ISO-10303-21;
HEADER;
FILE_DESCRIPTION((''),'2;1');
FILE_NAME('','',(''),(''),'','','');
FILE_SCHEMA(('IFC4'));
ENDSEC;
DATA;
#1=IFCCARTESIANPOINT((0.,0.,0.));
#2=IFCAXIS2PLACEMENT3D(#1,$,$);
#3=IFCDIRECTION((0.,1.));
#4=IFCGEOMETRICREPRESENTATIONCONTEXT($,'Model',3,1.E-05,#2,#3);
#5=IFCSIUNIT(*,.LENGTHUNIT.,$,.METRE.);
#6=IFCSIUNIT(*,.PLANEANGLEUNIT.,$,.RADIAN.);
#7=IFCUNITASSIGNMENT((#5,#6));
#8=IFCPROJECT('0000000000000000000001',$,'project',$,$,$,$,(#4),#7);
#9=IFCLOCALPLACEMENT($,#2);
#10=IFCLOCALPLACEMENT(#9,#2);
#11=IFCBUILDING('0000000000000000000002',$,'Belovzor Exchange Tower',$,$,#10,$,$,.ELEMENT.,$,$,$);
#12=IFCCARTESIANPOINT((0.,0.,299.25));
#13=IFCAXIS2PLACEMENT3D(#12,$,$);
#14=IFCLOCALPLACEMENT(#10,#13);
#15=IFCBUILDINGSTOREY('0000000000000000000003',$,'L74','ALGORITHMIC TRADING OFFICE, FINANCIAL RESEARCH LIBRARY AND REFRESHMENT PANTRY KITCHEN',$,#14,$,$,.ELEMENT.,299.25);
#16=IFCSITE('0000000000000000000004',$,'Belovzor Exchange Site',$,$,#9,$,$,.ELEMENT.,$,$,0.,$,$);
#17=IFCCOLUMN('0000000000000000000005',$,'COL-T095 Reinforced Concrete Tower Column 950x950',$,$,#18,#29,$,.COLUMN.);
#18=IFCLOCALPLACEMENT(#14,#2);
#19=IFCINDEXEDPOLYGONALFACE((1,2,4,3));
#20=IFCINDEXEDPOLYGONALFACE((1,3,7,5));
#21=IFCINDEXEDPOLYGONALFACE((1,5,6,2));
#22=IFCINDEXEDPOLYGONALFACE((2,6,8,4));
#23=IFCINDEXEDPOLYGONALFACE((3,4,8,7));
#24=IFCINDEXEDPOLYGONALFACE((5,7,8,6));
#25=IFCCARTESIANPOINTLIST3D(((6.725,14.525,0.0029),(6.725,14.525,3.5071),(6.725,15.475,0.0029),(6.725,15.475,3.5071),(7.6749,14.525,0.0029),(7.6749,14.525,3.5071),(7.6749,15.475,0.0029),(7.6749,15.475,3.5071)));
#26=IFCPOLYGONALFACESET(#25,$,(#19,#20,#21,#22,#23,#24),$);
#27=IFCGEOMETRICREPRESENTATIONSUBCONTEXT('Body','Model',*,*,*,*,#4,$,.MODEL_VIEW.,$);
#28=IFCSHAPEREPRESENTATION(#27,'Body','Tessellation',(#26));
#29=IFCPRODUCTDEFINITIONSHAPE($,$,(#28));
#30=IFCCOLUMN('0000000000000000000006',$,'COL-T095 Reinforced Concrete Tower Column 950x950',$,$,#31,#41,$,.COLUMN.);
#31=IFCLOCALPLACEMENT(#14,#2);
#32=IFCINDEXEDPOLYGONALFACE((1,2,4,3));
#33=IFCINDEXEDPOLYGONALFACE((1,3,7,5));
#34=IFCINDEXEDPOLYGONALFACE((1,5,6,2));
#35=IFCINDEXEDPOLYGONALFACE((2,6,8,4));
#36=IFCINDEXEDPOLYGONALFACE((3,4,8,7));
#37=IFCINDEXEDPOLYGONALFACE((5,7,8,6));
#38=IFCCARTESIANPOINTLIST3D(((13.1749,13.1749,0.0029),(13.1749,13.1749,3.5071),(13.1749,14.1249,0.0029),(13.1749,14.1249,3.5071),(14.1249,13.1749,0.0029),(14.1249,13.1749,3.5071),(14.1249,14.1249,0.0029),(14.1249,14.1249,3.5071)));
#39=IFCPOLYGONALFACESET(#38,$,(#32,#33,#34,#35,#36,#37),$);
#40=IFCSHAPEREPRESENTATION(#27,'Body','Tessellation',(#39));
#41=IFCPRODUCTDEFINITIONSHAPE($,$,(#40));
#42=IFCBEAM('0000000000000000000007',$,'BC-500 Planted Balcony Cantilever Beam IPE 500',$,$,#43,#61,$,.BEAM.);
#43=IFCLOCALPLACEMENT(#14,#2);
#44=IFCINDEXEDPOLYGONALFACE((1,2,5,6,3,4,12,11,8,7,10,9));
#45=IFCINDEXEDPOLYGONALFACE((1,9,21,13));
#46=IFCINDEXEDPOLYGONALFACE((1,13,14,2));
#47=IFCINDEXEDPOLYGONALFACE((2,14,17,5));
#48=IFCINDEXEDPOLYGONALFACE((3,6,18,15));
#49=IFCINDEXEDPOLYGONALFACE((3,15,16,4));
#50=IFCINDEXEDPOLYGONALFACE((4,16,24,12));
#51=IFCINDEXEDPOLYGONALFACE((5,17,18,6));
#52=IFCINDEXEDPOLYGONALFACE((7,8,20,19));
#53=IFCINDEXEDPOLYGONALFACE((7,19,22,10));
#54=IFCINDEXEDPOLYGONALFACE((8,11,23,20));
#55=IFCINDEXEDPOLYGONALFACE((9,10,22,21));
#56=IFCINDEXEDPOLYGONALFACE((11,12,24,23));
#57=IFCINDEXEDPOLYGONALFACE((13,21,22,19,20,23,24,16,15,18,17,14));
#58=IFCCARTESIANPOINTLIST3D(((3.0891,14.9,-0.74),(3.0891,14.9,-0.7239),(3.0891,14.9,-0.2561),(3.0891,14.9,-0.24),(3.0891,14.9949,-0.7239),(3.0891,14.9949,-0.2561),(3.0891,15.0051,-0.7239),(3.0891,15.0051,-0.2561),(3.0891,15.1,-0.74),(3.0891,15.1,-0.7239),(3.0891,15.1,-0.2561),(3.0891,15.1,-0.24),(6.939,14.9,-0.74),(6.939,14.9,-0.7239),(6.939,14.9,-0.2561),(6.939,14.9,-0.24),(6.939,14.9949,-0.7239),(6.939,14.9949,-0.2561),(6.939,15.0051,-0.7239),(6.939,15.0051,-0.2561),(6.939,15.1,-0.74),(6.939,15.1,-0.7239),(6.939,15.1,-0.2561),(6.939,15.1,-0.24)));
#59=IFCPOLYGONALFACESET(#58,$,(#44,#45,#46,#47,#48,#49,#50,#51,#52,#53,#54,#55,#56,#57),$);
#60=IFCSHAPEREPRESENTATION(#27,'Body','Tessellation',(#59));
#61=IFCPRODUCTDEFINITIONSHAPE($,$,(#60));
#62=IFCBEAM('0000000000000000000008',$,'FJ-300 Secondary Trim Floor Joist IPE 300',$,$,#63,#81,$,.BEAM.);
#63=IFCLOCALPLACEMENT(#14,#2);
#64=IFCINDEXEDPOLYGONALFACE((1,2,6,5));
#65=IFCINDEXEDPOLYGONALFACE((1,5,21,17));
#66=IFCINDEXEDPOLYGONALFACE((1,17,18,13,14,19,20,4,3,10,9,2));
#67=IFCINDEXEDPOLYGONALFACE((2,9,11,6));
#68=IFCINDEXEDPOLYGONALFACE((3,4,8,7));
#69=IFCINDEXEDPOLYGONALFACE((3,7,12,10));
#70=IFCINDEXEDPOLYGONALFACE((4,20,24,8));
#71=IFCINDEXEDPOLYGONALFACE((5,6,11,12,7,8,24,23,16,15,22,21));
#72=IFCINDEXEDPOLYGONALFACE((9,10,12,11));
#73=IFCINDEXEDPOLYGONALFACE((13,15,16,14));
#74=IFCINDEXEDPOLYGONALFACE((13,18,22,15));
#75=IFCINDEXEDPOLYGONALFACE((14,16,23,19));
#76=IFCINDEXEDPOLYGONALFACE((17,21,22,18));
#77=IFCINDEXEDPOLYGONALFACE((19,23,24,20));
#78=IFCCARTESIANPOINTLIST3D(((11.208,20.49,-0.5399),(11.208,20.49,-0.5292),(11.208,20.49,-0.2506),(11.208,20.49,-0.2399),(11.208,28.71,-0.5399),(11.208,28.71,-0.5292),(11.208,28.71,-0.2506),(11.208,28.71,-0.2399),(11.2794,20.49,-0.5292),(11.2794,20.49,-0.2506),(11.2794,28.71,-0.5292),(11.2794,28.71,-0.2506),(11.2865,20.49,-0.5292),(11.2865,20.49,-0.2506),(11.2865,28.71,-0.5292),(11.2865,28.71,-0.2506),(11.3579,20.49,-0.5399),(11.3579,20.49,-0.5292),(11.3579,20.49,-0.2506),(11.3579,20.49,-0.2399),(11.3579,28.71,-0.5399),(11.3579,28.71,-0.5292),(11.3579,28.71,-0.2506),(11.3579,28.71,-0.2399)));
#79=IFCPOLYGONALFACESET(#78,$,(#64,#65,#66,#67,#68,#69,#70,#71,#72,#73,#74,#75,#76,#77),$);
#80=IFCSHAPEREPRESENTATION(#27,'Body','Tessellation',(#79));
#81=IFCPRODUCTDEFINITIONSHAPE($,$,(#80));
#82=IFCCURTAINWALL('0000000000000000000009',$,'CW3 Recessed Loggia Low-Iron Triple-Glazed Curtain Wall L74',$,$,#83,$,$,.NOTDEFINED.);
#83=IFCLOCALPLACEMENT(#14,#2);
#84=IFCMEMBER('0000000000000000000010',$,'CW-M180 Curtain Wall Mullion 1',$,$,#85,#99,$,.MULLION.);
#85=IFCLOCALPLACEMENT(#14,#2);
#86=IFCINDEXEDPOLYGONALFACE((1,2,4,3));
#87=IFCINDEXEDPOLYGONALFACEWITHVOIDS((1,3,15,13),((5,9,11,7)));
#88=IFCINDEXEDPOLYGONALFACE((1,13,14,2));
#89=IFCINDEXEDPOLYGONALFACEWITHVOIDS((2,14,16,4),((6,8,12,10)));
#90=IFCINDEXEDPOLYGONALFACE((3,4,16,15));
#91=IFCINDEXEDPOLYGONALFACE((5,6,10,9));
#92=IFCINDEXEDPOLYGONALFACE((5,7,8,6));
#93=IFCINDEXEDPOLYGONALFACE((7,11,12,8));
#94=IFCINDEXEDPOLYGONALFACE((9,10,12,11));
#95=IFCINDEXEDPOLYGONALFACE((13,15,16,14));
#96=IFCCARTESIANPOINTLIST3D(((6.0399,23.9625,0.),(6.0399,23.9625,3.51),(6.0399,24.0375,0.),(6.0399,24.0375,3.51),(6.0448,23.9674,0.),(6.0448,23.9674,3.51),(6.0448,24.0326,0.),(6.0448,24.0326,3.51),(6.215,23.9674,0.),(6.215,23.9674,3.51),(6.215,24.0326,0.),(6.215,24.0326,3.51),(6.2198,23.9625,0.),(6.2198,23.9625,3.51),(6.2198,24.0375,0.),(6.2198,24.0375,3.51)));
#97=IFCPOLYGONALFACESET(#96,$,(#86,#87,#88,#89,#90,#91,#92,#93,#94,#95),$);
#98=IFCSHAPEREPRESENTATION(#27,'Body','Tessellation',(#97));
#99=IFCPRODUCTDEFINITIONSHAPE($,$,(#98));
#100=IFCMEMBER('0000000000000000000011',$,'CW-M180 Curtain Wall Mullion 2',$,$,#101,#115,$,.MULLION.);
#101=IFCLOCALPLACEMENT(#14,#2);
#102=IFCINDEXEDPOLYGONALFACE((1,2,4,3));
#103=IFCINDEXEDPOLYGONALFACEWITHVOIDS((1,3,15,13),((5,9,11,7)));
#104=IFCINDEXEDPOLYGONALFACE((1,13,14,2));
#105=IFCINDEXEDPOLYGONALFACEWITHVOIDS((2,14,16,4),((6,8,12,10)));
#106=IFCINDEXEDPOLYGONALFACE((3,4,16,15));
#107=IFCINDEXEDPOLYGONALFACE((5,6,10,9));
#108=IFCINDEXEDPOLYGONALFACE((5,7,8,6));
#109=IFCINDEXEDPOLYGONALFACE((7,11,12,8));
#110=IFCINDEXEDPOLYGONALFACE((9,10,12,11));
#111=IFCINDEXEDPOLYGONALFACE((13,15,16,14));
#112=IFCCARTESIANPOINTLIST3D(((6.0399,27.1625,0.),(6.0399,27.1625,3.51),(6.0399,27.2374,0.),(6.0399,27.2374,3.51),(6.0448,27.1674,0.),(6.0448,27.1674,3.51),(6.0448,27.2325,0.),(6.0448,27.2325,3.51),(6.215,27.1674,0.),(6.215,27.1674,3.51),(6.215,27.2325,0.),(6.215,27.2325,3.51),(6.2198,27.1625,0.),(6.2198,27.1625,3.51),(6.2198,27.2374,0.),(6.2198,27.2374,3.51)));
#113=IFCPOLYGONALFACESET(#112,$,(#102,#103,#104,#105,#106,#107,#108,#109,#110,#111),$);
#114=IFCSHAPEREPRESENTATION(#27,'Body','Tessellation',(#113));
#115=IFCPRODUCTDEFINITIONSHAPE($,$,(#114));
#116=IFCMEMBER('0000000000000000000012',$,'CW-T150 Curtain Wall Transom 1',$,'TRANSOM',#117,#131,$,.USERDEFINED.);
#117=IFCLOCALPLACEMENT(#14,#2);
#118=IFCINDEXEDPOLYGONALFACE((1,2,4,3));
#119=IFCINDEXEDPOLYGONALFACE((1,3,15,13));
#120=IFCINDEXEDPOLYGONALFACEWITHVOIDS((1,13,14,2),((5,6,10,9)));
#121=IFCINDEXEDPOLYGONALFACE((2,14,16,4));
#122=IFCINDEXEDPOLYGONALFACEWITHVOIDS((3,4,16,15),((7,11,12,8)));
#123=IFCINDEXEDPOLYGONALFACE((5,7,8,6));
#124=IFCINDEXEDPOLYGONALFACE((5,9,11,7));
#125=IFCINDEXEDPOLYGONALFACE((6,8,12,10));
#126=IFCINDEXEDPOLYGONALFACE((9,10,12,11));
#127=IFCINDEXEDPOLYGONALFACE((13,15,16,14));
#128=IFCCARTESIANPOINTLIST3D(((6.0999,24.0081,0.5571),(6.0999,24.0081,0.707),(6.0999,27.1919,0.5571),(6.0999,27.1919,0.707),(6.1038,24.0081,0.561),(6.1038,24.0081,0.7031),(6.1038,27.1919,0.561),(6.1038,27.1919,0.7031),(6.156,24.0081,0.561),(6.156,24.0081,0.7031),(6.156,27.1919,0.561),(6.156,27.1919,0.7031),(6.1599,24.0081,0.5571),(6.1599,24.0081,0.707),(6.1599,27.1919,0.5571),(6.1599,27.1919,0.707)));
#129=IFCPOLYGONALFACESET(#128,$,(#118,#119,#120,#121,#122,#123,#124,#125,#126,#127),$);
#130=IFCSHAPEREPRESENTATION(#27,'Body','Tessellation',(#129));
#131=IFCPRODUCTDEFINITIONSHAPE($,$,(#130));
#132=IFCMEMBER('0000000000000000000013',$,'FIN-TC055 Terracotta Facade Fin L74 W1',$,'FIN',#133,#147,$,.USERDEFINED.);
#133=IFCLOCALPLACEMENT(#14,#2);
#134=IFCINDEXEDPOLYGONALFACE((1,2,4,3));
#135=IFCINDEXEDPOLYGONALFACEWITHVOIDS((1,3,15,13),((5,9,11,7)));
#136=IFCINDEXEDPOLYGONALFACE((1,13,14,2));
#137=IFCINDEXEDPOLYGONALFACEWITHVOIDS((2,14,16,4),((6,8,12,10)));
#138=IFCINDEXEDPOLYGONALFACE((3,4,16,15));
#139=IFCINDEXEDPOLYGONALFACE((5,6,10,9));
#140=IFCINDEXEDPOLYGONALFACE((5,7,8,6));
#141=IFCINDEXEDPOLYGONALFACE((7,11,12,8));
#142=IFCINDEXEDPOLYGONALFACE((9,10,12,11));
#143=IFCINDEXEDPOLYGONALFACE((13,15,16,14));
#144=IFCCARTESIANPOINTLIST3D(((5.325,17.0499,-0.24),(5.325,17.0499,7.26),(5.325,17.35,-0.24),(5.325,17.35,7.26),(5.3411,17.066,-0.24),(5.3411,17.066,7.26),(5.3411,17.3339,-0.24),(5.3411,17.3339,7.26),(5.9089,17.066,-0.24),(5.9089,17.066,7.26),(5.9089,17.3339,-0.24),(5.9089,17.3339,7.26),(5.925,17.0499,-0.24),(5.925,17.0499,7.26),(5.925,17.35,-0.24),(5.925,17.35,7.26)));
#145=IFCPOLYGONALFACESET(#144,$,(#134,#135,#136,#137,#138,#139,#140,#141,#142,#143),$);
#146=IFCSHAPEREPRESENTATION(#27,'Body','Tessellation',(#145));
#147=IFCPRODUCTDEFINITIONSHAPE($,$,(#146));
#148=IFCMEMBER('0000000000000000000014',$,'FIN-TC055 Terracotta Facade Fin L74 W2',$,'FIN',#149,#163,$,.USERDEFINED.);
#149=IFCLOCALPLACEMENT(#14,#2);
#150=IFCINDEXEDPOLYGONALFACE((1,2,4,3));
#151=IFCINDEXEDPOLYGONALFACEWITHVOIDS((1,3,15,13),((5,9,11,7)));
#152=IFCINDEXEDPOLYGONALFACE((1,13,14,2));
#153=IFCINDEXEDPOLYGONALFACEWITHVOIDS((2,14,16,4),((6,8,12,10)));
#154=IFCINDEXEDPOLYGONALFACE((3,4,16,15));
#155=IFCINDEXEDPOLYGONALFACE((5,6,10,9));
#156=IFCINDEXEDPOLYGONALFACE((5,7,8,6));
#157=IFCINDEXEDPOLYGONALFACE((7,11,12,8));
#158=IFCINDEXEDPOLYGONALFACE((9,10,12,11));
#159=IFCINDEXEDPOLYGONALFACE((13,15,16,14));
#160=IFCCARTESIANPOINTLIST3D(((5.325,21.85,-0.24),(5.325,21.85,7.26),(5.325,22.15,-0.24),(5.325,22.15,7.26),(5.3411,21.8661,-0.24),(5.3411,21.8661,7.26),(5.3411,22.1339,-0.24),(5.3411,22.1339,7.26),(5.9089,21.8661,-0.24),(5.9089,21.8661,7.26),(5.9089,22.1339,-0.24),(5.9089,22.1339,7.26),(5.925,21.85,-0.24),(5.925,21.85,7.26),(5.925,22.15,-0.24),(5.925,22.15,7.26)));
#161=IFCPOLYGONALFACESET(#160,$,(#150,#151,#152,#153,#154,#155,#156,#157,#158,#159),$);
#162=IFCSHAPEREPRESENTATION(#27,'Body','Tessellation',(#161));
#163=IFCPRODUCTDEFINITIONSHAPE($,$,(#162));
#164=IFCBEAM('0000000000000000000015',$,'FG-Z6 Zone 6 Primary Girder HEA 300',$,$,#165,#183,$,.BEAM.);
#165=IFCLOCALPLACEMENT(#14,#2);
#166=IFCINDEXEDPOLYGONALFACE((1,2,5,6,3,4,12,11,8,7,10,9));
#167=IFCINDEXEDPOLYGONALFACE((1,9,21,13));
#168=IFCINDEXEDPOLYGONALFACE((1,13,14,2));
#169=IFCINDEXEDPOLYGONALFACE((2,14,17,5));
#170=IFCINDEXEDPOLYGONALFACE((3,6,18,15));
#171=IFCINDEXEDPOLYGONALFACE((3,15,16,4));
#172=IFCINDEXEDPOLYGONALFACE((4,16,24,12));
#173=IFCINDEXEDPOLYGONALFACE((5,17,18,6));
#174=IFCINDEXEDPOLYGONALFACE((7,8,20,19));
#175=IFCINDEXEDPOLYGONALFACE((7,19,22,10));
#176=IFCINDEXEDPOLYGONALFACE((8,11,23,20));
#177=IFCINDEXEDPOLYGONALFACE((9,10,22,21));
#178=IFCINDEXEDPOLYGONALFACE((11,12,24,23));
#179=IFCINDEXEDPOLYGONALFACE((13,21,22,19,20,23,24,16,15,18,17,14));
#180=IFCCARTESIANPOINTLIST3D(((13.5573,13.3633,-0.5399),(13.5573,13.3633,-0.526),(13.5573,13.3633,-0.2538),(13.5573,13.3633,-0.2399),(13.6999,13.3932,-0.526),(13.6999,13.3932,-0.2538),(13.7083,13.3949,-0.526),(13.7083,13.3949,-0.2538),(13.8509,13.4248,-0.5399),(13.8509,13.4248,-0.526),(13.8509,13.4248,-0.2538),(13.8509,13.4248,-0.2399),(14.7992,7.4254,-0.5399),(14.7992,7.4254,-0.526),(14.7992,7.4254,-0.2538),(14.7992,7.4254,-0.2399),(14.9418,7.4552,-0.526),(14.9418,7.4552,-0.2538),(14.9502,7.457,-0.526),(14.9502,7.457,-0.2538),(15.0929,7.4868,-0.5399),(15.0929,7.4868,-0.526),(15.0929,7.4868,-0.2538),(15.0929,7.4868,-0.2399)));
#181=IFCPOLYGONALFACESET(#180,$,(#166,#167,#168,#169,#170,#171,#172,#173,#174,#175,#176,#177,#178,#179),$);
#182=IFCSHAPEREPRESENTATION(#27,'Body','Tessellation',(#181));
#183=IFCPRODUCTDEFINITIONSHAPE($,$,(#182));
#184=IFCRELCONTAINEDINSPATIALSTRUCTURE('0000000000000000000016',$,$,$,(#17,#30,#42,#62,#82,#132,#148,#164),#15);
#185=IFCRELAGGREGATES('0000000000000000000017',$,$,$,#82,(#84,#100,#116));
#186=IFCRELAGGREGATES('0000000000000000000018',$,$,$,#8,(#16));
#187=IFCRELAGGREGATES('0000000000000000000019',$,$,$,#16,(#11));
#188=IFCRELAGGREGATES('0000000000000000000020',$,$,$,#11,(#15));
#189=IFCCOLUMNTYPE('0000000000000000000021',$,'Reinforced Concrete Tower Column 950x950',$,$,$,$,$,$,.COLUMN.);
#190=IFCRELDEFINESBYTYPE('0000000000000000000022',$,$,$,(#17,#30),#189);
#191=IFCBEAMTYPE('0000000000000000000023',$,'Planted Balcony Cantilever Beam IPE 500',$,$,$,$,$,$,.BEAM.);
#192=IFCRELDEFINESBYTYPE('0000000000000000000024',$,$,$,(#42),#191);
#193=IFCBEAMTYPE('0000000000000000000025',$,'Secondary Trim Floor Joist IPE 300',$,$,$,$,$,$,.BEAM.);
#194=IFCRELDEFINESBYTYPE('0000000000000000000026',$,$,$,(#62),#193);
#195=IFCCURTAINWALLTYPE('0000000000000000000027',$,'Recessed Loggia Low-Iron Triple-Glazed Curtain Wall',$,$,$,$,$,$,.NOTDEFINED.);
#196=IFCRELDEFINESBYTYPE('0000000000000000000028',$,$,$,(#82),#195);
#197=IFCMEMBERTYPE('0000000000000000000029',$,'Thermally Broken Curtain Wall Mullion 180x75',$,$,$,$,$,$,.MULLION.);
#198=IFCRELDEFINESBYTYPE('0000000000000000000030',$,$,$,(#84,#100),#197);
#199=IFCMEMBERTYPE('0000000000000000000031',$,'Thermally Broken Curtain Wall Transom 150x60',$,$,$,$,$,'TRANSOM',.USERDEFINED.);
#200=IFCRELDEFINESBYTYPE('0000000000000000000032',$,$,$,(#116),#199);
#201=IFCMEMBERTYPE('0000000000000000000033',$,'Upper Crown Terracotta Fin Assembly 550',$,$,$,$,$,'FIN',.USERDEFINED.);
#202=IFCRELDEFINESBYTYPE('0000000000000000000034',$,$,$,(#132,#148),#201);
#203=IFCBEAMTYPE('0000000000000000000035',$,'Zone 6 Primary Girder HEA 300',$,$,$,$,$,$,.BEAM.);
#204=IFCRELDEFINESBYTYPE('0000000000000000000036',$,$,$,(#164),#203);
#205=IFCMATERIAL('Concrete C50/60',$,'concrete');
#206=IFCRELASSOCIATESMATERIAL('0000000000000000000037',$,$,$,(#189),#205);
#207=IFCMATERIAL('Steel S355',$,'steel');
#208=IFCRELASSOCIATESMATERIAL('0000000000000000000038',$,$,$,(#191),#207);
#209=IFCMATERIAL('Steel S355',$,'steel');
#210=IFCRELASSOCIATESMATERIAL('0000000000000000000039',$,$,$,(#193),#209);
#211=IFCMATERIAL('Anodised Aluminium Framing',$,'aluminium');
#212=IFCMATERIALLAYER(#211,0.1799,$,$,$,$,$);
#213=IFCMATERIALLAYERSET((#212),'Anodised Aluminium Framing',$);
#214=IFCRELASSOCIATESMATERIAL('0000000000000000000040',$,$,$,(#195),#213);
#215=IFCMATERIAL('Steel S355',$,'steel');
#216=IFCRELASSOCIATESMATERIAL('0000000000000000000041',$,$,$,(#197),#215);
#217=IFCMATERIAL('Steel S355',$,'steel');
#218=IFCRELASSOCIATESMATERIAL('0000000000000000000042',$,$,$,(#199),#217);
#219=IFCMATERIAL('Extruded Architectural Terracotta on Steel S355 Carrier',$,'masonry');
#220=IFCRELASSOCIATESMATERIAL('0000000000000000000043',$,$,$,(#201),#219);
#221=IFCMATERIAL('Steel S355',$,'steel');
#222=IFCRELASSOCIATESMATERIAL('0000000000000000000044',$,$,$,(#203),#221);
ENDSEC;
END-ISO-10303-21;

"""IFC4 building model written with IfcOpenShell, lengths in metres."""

from ifc_helpers import new_model, si_unit, direction, frame, origin, origin_2d, place, context, subcontext, project, spatial, rectangle, hollow_rectangle, i_section, extrude, material, layer, layer_set, material_profile, profile_set, type_object, element, aggregate, save


model = new_model("IFC4")

# Units and contexts
model_context = context("Model", 3, precision=1e-05, world=origin(), true_north=direction((0.0, 1.0)))
body_context = subcontext(model_context, "Body", "Model", "MODEL_VIEW")
ifc_project = project(units=[si_unit("LENGTHUNIT", "METRE"), si_unit("PLANEANGLEUNIT", "RADIAN")], contexts=[model_context])

# Site, building, storey
site_placement = place(None, origin())
site = spatial("IfcSite", under=ifc_project, at=site_placement, Name="Belovzor Exchange Site", CompositionType="ELEMENT", RefElevation=0.0)
building_placement = place(site_placement, origin())
building = spatial("IfcBuilding", under=site, at=building_placement, Name="Belovzor Exchange Tower", CompositionType="ELEMENT")
storey_placement = place(building_placement, frame((0.0, 0.0, 299.25)))
storey = spatial("IfcBuildingStorey", under=building, at=storey_placement, Name="L74", Description="ALGORITHMIC TRADING OFFICE, FINANCIAL RESEARCH LIBRARY AND REFRESHMENT PANTRY KITCHEN", CompositionType="ELEMENT", Elevation=299.25)

# Columns
ifc_material_1 = material(Name="Concrete C50/60", Category="concrete")
ifc_material_profile_1 = material_profile(ifc_material_1, rectangle(XDim=0.95, YDim=0.95, at=origin_2d()))
ifc_profile_set_1 = profile_set([ifc_material_profile_1], Name="Concrete C50/60")
column_type = type_object("IfcColumnType", Name="Reinforced Concrete Tower Column 950x950", PredefinedType="COLUMN", material=ifc_profile_set_1)
for number, where, z_axis, x_axis, name in (
    (1, (7.2, 15.0, 0.0029), (0.0, 0.0, 1.0), (1.0, 0.0, 0.0), "COL-T095 Reinforced Concrete Tower Column 950x950"),
    (2, (13.6499, 13.6499, 0.0029), (0.0, 0.0, 1.0), (1.0, 0.0, 0.0), "COL-T095 Reinforced Concrete Tower Column 950x950"),
):
    element("IfcColumn", number, at=place(storey_placement, frame(where, z_axis=z_axis, x_axis=x_axis)), inside=storey, type_object=column_type, Name=name, PredefinedType="COLUMN", context=body_context, shape_type="SweptSolid", body=[
        extrude(rectangle(XDim=0.95, YDim=0.95, at=origin_2d()), origin(), (0.0, 0.0, 1.0), 3.5042),
    ])

# Beams
ifc_material_2 = material(Name="Steel S355", Category="steel")
ifc_material_profile_2 = material_profile(ifc_material_2, i_section(OverallWidth=0.2, OverallDepth=0.5, WebThickness=0.0103, FlangeThickness=0.0161, at=origin_2d()))
ifc_profile_set_2 = profile_set([ifc_material_profile_2], Name="Steel S355")
beam_type_1 = type_object("IfcBeamType", Name="Planted Balcony Cantilever Beam IPE 500", PredefinedType="BEAM", material=ifc_profile_set_2)
beam_1_placement = place(storey_placement, frame((6.939, 15.0, -0.49), z_axis=(-1.0, 0.0, 0.0), x_axis=(0.0, -1.0, 0.0)))
element("IfcBeam", 3, at=beam_1_placement, inside=storey, type_object=beam_type_1, Name="BC-500 Planted Balcony Cantilever Beam IPE 500", PredefinedType="BEAM", context=body_context, shape_type="SweptSolid", body=[
    extrude(i_section(OverallWidth=0.2, OverallDepth=0.5, WebThickness=0.0103, FlangeThickness=0.0161, at=origin_2d()), origin(), (0.0, 0.0, 1.0), 3.8499),
])
ifc_material_3 = material(Name="Steel S355", Category="steel")
ifc_material_profile_3 = material_profile(ifc_material_3, i_section(OverallWidth=0.1499, OverallDepth=0.3, WebThickness=0.0071, FlangeThickness=0.0107, at=origin_2d()))
ifc_profile_set_3 = profile_set([ifc_material_profile_3], Name="Steel S355")
beam_type_2 = type_object("IfcBeamType", Name="Secondary Trim Floor Joist IPE 300", PredefinedType="BEAM", material=ifc_profile_set_3)
beam_2_placement = place(storey_placement, frame((11.283, 20.49, -0.3899), z_axis=(0.0, 1.0, 0.0), x_axis=(-1.0, 0.0, 0.0)))
element("IfcBeam", 4, at=beam_2_placement, inside=storey, type_object=beam_type_2, Name="FJ-300 Secondary Trim Floor Joist IPE 300", PredefinedType="BEAM", context=body_context, shape_type="SweptSolid", body=[
    extrude(i_section(OverallWidth=0.1499, OverallDepth=0.3, WebThickness=0.0071, FlangeThickness=0.0107, at=origin_2d()), origin(), (0.0, 0.0, 1.0), 8.22),
])

# Curtain wall, members
ifc_material_4 = material(Name="Anodised Aluminium Framing", Category="aluminium")
ifc_layer_1 = layer(ifc_material_4, 0.1799)
ifc_layer_set_1 = layer_set([ifc_layer_1], Name="Anodised Aluminium Framing")
curtain_wall_type = type_object("IfcCurtainWallType", Name="Recessed Loggia Low-Iron Triple-Glazed Curtain Wall", PredefinedType="NOTDEFINED", material=ifc_layer_set_1)
curtain_wall_placement = place(storey_placement, origin())
curtain_wall = element("IfcCurtainWall", 5, at=curtain_wall_placement, inside=storey, type_object=curtain_wall_type, Name="CW3 Recessed Loggia Low-Iron Triple-Glazed Curtain Wall L74", PredefinedType="NOTDEFINED")
ifc_material_5 = material(Name="Steel S355", Category="steel")
ifc_material_profile_4 = material_profile(ifc_material_5, hollow_rectangle(XDim=0.075, YDim=0.1799, WallThickness=0.0049, at=origin_2d()))
ifc_profile_set_4 = profile_set([ifc_material_profile_4], Name="Steel S355")
member_type_1 = type_object("IfcMemberType", Name="Thermally Broken Curtain Wall Mullion 180x75", PredefinedType="MULLION", material=ifc_profile_set_4)
member_1_placement = place(storey_placement, frame((6.1299, 24.0, 0.0), z_axis=(0.0, 0.0, 1.0), x_axis=(0.0, 1.0, 0.0)))
member_1 = element("IfcMember", 6, at=member_1_placement, type_object=member_type_1, Name="CW-M180 Curtain Wall Mullion 1", PredefinedType="MULLION", context=body_context, shape_type="SweptSolid", body=[
    extrude(hollow_rectangle(XDim=0.075, YDim=0.1799, WallThickness=0.0049, at=origin_2d()), origin(), (0.0, 0.0, 1.0), 3.51),
])
member_2_placement = place(storey_placement, frame((6.1299, 27.2, 0.0), z_axis=(0.0, 0.0, 1.0), x_axis=(0.0, 1.0, 0.0)))
member_2 = element("IfcMember", 7, at=member_2_placement, type_object=member_type_1, Name="CW-M180 Curtain Wall Mullion 2", PredefinedType="MULLION", context=body_context, shape_type="SweptSolid", body=[
    extrude(hollow_rectangle(XDim=0.075, YDim=0.1799, WallThickness=0.0049, at=origin_2d()), origin(), (0.0, 0.0, 1.0), 3.51),
])
ifc_material_6 = material(Name="Steel S355", Category="steel")
ifc_material_profile_5 = material_profile(ifc_material_6, hollow_rectangle(XDim=0.0601, YDim=0.1499, WallThickness=0.0039, at=origin_2d()))
ifc_profile_set_5 = profile_set([ifc_material_profile_5], Name="Steel S355")
member_type_2 = type_object("IfcMemberType", Name="Thermally Broken Curtain Wall Transom 150x60", ElementType="TRANSOM", PredefinedType="USERDEFINED", material=ifc_profile_set_5)
member_3_placement = place(storey_placement, frame((6.1299, 24.0081, 0.6321), z_axis=(0.0, 1.0, 0.0), x_axis=(-1.0, 0.0, 0.0)))
member_3 = element("IfcMember", 8, at=member_3_placement, type_object=member_type_2, Name="CW-T150 Curtain Wall Transom 1", ObjectType="TRANSOM", PredefinedType="USERDEFINED", context=body_context, shape_type="SweptSolid", body=[
    extrude(hollow_rectangle(XDim=0.0601, YDim=0.1499, WallThickness=0.0039, at=origin_2d()), origin(), (0.0, 0.0, 1.0), 3.1838),
])

# Members
ifc_material_7 = material(Name="Extruded Architectural Terracotta on Steel S355 Carrier", Category="masonry")
ifc_material_profile_6 = material_profile(ifc_material_7, hollow_rectangle(XDim=0.3, YDim=0.6001, WallThickness=0.0161, at=origin_2d()))
ifc_profile_set_6 = profile_set([ifc_material_profile_6], Name="Extruded Architectural Terracotta on Steel S355 Carrier")
member_type_3 = type_object("IfcMemberType", Name="Upper Crown Terracotta Fin Assembly 550", ElementType="FIN", PredefinedType="USERDEFINED", material=ifc_profile_set_6)
for number, where, z_axis, x_axis, name in (
    (9, (5.625, 17.2, -0.24), (0.0, 0.0, 1.0), (0.0, 1.0, 0.0), "FIN-TC055 Terracotta Facade Fin L74 W1"),
    (10, (5.625, 22.0, -0.24), (0.0, 0.0, 1.0), (0.0, 1.0, 0.0), "FIN-TC055 Terracotta Facade Fin L74 W2"),
):
    element("IfcMember", number, at=place(storey_placement, frame(where, z_axis=z_axis, x_axis=x_axis)), inside=storey, type_object=member_type_3, Name=name, ObjectType="FIN", PredefinedType="USERDEFINED", context=body_context, shape_type="SweptSolid", body=[
        extrude(hollow_rectangle(XDim=0.3, YDim=0.6001, WallThickness=0.0161, at=origin_2d()), origin(), (0.0, 0.0, 1.0), 7.5),
    ])

# Beam
ifc_material_8 = material(Name="Steel S355", Category="steel")
ifc_material_profile_7 = material_profile(ifc_material_8, i_section(OverallWidth=0.3, OverallDepth=0.3, WebThickness=0.0085, FlangeThickness=0.0139, at=origin_2d()))
ifc_profile_set_7 = profile_set([ifc_material_profile_7], Name="Steel S355")
beam_type_3 = type_object("IfcBeamType", Name="Zone 6 Primary Girder HEA 300", PredefinedType="BEAM", material=ifc_profile_set_7)
for number, where, z_axis, x_axis, name in (
    (11, (13.7041, 13.394, -0.3899), (0.204722, -0.97882, 0.0), (0.97882, 0.204722, 0.0), "FG-Z6 Zone 6 Primary Girder HEA 300"),
):
    element("IfcBeam", number, at=place(storey_placement, frame(where, z_axis=z_axis, x_axis=x_axis)), inside=storey, type_object=beam_type_3, Name=name, PredefinedType="BEAM", context=body_context, shape_type="SweptSolid", body=[
        extrude(i_section(OverallWidth=0.3, OverallDepth=0.3, WebThickness=0.0085, FlangeThickness=0.0139, at=origin_2d()), origin(), (0.0, 0.0, 1.0), 6.0664),
    ])

aggregate(curtain_wall, [member_1, member_2, member_3])

save(model, "model.ifc")
